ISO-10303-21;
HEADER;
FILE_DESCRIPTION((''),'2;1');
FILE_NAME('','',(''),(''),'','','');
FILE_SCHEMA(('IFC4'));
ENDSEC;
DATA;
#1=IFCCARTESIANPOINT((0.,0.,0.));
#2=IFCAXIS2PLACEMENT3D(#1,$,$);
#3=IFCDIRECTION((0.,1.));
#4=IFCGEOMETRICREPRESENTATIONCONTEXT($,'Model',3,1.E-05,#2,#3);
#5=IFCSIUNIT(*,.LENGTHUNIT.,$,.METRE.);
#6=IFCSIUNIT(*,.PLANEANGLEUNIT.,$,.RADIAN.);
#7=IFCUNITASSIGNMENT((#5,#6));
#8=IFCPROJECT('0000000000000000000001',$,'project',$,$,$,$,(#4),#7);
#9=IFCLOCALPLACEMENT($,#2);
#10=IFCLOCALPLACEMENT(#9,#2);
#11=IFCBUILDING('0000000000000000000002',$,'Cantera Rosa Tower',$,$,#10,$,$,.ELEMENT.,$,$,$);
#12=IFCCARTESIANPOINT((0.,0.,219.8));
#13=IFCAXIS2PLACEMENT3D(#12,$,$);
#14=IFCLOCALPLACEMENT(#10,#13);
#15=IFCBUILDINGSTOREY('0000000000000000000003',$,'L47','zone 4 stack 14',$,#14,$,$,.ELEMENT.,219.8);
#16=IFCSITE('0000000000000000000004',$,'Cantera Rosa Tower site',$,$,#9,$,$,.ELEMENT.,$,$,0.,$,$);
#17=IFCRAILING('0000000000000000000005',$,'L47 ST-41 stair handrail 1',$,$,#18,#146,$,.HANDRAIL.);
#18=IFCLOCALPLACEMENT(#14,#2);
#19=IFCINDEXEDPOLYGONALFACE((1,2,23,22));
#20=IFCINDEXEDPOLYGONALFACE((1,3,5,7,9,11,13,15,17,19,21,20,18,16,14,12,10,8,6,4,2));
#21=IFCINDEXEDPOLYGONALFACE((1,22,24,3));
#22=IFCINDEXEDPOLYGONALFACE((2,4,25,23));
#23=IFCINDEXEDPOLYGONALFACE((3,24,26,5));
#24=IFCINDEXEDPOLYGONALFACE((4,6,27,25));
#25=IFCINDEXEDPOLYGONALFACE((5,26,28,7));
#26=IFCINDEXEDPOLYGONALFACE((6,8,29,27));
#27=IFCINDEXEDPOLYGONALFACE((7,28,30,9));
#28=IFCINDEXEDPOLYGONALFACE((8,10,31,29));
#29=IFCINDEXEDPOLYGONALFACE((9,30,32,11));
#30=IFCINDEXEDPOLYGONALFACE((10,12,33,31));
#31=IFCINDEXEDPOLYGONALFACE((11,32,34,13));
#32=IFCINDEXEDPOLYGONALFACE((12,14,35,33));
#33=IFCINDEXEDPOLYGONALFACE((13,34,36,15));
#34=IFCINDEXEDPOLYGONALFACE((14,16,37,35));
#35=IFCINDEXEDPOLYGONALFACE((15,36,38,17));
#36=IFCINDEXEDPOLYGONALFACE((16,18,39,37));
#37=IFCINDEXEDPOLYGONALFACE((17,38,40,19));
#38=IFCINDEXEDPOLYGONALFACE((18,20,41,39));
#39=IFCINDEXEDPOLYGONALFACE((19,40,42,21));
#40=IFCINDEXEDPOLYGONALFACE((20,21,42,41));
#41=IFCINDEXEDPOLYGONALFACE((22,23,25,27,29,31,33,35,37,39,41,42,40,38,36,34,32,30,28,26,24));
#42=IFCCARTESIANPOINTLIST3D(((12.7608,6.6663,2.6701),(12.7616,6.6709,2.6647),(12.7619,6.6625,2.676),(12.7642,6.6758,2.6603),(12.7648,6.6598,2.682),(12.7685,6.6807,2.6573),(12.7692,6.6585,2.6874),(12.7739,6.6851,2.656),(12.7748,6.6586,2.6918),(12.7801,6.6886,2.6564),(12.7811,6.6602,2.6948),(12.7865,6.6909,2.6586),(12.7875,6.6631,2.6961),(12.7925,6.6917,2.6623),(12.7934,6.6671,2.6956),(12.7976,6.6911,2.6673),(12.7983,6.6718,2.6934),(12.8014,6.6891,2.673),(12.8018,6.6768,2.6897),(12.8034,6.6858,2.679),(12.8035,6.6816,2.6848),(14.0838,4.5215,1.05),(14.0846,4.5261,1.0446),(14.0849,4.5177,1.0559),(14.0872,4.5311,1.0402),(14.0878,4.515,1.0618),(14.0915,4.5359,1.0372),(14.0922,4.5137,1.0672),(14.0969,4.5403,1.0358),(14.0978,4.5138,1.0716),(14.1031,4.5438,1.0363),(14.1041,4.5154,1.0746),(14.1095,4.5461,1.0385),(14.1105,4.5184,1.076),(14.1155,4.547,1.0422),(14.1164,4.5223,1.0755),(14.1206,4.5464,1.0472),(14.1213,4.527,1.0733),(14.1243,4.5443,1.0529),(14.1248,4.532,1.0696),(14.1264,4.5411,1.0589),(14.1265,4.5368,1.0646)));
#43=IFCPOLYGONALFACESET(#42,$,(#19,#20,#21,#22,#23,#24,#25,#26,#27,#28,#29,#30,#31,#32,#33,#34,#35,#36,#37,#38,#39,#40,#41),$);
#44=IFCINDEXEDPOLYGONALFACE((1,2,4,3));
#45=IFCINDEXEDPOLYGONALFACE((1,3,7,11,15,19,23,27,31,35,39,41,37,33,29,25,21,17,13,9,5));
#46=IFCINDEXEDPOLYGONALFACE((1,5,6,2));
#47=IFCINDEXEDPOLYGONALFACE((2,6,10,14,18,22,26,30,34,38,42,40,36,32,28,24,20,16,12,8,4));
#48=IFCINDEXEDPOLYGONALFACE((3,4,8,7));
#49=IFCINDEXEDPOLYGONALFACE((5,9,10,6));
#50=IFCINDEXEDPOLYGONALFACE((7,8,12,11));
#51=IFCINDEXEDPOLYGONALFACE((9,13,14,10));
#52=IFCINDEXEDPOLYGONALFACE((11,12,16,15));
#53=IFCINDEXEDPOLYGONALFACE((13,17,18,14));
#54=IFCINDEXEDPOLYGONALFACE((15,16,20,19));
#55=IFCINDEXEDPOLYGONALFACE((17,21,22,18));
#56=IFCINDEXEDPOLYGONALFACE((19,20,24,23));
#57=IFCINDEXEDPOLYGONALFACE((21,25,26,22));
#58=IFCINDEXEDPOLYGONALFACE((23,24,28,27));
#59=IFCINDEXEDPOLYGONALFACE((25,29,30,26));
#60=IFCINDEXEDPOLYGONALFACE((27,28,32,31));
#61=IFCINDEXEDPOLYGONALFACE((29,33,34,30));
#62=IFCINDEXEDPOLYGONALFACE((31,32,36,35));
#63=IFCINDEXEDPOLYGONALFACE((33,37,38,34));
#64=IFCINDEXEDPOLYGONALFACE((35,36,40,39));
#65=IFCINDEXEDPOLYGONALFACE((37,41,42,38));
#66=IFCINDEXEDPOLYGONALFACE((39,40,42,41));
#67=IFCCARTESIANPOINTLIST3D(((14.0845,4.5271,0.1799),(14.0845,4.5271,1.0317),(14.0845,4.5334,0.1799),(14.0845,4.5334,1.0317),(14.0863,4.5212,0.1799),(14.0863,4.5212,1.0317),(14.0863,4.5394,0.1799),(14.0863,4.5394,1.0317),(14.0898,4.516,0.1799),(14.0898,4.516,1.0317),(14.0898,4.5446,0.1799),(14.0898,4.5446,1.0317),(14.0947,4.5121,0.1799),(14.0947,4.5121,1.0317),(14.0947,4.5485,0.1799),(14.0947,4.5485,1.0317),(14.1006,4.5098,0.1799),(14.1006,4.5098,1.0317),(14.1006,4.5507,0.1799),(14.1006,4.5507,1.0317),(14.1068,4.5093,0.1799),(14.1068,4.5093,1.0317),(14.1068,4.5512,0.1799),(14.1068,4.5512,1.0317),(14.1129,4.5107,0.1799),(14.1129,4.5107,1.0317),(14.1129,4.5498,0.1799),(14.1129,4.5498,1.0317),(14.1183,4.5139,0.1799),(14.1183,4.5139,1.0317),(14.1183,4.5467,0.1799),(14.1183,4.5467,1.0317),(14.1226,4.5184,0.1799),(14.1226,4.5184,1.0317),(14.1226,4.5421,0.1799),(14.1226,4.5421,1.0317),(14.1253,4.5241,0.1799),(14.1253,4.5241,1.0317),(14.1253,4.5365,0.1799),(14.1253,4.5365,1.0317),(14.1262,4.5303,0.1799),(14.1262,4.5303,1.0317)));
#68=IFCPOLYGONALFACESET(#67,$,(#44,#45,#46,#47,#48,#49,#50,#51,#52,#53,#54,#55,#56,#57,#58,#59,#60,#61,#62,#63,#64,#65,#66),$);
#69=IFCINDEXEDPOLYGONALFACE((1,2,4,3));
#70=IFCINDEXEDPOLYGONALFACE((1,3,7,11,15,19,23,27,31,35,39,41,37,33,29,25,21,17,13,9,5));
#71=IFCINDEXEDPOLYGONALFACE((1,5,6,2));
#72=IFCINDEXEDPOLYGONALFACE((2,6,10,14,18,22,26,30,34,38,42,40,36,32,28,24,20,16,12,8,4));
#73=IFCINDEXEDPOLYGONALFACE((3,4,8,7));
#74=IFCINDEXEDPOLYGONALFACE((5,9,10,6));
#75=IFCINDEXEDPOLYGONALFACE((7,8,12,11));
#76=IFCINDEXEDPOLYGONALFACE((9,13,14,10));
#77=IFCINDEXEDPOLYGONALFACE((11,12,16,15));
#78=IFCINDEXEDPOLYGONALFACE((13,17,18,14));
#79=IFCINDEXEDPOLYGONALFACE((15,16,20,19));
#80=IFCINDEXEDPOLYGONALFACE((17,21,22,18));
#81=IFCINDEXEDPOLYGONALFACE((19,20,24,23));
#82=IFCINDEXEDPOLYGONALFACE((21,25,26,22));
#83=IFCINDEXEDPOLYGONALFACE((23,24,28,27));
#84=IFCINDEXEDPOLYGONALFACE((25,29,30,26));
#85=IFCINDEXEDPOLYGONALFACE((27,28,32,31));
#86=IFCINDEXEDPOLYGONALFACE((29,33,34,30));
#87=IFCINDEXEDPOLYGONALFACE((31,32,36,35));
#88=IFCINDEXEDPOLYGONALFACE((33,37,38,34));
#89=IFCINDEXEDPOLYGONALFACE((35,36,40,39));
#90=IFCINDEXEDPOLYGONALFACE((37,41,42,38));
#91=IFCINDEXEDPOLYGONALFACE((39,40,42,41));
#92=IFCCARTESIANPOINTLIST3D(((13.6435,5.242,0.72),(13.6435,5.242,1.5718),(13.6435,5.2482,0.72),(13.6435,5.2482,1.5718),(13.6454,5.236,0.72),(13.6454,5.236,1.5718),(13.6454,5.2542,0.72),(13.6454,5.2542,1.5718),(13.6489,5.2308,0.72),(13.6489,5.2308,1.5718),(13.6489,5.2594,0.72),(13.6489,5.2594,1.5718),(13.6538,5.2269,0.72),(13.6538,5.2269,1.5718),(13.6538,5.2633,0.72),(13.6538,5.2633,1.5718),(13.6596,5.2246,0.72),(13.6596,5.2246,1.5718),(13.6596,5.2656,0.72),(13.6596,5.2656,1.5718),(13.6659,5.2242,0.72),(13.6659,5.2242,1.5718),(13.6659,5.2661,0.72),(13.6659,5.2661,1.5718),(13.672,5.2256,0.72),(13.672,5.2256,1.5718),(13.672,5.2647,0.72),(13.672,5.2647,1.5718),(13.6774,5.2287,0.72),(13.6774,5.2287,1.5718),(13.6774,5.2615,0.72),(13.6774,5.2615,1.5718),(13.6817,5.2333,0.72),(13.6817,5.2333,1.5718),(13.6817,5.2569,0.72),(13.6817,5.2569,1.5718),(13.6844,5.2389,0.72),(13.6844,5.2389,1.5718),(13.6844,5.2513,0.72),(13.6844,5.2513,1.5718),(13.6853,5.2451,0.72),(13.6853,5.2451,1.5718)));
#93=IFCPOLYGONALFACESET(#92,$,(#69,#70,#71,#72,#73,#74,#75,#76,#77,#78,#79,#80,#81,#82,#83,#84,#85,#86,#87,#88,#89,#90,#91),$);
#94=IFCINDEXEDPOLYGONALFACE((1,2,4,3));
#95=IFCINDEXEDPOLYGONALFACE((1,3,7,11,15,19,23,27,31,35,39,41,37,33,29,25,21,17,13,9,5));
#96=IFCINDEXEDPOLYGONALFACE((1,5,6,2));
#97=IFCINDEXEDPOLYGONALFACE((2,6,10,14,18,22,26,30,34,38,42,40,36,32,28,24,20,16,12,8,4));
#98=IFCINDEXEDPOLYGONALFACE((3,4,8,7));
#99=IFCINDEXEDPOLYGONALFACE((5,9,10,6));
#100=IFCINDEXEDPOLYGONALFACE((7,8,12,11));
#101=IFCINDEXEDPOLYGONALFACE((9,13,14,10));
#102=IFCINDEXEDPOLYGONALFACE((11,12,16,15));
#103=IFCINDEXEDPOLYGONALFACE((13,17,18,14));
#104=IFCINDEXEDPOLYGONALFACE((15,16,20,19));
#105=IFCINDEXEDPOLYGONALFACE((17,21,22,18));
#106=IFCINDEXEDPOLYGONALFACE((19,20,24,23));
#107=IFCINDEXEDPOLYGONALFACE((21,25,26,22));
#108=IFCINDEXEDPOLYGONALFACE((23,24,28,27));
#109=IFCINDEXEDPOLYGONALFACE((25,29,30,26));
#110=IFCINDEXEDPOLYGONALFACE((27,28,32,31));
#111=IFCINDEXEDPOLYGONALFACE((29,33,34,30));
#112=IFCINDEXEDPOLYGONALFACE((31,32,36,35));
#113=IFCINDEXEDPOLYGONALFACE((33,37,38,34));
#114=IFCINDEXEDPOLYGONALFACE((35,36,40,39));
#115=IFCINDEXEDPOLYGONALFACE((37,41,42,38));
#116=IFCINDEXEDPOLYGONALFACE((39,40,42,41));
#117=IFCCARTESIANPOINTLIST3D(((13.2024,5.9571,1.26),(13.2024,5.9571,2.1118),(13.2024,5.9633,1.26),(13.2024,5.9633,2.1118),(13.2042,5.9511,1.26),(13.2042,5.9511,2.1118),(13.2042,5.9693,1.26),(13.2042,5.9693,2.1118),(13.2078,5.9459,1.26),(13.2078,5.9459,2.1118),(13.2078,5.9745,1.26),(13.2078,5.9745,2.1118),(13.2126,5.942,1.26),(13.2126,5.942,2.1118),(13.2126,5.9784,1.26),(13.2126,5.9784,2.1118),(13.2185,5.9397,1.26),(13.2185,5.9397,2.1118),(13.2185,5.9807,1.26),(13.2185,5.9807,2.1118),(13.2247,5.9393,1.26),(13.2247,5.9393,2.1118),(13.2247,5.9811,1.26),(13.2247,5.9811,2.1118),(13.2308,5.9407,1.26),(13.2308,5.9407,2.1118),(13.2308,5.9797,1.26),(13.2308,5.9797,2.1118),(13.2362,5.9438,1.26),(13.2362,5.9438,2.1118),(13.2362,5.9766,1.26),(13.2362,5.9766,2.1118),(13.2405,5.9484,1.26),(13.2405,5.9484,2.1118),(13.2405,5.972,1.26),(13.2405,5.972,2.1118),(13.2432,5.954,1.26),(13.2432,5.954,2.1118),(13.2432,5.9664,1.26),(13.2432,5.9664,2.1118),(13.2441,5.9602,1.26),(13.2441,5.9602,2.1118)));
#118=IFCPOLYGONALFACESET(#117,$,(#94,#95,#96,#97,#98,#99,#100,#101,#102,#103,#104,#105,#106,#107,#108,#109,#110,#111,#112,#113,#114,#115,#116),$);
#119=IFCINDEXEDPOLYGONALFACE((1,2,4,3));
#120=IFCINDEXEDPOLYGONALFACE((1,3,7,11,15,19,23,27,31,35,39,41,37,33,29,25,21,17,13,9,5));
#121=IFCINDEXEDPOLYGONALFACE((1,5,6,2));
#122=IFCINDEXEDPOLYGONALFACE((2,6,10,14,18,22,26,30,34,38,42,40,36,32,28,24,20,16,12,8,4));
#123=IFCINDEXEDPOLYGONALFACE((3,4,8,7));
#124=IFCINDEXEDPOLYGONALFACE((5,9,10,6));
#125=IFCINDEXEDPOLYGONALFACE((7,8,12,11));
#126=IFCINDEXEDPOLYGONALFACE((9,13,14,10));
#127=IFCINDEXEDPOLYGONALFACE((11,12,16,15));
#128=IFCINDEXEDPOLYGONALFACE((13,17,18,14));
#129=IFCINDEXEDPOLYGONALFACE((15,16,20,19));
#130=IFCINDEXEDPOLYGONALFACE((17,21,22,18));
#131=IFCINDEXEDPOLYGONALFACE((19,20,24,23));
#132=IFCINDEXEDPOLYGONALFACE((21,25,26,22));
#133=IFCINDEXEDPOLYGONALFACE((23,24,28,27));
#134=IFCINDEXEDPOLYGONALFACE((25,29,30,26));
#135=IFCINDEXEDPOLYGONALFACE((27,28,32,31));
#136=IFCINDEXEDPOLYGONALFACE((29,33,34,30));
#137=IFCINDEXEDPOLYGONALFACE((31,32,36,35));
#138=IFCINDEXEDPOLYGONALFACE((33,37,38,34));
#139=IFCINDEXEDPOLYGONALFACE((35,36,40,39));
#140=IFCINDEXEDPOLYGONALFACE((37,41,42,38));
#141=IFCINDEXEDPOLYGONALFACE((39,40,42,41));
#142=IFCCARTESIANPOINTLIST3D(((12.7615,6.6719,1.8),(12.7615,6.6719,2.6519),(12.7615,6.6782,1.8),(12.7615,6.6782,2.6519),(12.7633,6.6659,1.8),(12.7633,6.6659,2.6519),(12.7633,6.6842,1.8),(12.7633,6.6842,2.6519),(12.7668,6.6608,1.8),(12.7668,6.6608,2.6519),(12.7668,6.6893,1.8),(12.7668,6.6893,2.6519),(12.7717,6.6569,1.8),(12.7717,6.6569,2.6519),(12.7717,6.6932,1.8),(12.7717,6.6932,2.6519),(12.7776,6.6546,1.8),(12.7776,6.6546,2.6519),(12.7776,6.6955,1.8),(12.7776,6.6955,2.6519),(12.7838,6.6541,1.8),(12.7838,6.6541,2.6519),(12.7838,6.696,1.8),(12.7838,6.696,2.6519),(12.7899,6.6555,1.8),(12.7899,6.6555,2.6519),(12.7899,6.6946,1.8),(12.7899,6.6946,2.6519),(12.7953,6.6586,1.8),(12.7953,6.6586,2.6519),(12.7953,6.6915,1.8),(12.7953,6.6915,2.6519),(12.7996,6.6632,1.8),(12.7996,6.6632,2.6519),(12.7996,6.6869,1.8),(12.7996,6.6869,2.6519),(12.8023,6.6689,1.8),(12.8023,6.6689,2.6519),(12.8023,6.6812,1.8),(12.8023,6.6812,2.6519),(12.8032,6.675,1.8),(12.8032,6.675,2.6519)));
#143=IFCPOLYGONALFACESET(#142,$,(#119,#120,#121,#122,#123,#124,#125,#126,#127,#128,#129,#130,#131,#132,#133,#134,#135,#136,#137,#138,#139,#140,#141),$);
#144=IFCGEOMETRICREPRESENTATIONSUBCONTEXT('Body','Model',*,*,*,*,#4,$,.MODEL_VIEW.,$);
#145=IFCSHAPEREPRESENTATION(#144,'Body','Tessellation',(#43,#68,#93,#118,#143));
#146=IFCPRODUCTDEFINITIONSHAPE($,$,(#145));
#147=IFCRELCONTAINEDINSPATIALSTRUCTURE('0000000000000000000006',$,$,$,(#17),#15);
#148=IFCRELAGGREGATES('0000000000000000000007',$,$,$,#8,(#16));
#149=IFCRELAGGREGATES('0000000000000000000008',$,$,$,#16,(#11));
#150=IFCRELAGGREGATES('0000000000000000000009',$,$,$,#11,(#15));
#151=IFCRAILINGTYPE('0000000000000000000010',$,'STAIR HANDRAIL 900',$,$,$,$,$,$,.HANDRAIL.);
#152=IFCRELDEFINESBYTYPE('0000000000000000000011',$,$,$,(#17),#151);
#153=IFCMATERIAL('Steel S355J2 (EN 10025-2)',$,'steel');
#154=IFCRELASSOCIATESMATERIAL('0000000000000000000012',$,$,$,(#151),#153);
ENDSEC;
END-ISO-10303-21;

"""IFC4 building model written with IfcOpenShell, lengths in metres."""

from ifc_helpers import new_model, si_unit, direction, frame, origin, origin_2d, place, context, subcontext, project, spatial, circle, extrude, material, type_object, element, save


model = new_model("IFC4")

# Units and contexts
model_context = context("Model", 3, precision=1e-05, world=origin(), true_north=direction((0.0, 1.0)))
body_context = subcontext(model_context, "Body", "Model", "MODEL_VIEW")
ifc_project = project(units=[si_unit("LENGTHUNIT", "METRE"), si_unit("PLANEANGLEUNIT", "RADIAN")], contexts=[model_context])

# Site, building, storey
site_placement = place(None, origin())
site = spatial("IfcSite", under=ifc_project, at=site_placement, Name="Cantera Rosa Tower site", CompositionType="ELEMENT", RefElevation=0.0)
building_placement = place(site_placement, origin())
building = spatial("IfcBuilding", under=site, at=building_placement, Name="Cantera Rosa Tower", CompositionType="ELEMENT")
storey_placement = place(building_placement, frame((0.0, 0.0, 219.8)))
storey = spatial("IfcBuildingStorey", under=building, at=storey_placement, Name="L47", Description="zone 4 stack 14", CompositionType="ELEMENT", Elevation=219.8)

# Railing
ifc_material_1 = material(Name="Steel S355J2 (EN 10025-2)", Category="steel")
railing_type_1 = type_object("IfcRailingType", Name="STAIR HANDRAIL 900", PredefinedType="HANDRAIL", material=ifc_material_1)
railing_1_placement = place(storey_placement, frame((14.1052, 4.5303, 0.1799)))
element("IfcRailing", 1, at=railing_1_placement, inside=storey, type_object=railing_type_1, Name="L47 ST-41 stair handrail 1", PredefinedType="HANDRAIL", context=body_context, shape_type="SweptSolid", body=[
    extrude(circle(Radius=0.0239, at=origin_2d()), frame((0.0, 0.0, 0.876), z_axis=(-0.441609, 0.715914, 0.540786), x_axis=(-0.851102, -0.525, 0.0)), (0.0, 0.0, 1.0), 2.9958),
    extrude(circle(Radius=0.021, at=origin_2d()), origin(), (0.0, 0.0, 1.0), 0.8518),
    extrude(circle(Radius=0.021, at=origin_2d()), frame((-0.4409, 0.7148, 0.54)), (0.0, 0.0, 1.0), 0.8518),
    extrude(circle(Radius=0.021, at=origin_2d()), frame((-0.8821, 1.4299, 1.0801)), (0.0, 0.0, 1.0), 0.8518),
    extrude(circle(Radius=0.021, at=origin_2d()), frame((-1.323, 2.1448, 1.6201)), (0.0, 0.0, 1.0), 0.8518),
])

save(model, "model.ifc")
